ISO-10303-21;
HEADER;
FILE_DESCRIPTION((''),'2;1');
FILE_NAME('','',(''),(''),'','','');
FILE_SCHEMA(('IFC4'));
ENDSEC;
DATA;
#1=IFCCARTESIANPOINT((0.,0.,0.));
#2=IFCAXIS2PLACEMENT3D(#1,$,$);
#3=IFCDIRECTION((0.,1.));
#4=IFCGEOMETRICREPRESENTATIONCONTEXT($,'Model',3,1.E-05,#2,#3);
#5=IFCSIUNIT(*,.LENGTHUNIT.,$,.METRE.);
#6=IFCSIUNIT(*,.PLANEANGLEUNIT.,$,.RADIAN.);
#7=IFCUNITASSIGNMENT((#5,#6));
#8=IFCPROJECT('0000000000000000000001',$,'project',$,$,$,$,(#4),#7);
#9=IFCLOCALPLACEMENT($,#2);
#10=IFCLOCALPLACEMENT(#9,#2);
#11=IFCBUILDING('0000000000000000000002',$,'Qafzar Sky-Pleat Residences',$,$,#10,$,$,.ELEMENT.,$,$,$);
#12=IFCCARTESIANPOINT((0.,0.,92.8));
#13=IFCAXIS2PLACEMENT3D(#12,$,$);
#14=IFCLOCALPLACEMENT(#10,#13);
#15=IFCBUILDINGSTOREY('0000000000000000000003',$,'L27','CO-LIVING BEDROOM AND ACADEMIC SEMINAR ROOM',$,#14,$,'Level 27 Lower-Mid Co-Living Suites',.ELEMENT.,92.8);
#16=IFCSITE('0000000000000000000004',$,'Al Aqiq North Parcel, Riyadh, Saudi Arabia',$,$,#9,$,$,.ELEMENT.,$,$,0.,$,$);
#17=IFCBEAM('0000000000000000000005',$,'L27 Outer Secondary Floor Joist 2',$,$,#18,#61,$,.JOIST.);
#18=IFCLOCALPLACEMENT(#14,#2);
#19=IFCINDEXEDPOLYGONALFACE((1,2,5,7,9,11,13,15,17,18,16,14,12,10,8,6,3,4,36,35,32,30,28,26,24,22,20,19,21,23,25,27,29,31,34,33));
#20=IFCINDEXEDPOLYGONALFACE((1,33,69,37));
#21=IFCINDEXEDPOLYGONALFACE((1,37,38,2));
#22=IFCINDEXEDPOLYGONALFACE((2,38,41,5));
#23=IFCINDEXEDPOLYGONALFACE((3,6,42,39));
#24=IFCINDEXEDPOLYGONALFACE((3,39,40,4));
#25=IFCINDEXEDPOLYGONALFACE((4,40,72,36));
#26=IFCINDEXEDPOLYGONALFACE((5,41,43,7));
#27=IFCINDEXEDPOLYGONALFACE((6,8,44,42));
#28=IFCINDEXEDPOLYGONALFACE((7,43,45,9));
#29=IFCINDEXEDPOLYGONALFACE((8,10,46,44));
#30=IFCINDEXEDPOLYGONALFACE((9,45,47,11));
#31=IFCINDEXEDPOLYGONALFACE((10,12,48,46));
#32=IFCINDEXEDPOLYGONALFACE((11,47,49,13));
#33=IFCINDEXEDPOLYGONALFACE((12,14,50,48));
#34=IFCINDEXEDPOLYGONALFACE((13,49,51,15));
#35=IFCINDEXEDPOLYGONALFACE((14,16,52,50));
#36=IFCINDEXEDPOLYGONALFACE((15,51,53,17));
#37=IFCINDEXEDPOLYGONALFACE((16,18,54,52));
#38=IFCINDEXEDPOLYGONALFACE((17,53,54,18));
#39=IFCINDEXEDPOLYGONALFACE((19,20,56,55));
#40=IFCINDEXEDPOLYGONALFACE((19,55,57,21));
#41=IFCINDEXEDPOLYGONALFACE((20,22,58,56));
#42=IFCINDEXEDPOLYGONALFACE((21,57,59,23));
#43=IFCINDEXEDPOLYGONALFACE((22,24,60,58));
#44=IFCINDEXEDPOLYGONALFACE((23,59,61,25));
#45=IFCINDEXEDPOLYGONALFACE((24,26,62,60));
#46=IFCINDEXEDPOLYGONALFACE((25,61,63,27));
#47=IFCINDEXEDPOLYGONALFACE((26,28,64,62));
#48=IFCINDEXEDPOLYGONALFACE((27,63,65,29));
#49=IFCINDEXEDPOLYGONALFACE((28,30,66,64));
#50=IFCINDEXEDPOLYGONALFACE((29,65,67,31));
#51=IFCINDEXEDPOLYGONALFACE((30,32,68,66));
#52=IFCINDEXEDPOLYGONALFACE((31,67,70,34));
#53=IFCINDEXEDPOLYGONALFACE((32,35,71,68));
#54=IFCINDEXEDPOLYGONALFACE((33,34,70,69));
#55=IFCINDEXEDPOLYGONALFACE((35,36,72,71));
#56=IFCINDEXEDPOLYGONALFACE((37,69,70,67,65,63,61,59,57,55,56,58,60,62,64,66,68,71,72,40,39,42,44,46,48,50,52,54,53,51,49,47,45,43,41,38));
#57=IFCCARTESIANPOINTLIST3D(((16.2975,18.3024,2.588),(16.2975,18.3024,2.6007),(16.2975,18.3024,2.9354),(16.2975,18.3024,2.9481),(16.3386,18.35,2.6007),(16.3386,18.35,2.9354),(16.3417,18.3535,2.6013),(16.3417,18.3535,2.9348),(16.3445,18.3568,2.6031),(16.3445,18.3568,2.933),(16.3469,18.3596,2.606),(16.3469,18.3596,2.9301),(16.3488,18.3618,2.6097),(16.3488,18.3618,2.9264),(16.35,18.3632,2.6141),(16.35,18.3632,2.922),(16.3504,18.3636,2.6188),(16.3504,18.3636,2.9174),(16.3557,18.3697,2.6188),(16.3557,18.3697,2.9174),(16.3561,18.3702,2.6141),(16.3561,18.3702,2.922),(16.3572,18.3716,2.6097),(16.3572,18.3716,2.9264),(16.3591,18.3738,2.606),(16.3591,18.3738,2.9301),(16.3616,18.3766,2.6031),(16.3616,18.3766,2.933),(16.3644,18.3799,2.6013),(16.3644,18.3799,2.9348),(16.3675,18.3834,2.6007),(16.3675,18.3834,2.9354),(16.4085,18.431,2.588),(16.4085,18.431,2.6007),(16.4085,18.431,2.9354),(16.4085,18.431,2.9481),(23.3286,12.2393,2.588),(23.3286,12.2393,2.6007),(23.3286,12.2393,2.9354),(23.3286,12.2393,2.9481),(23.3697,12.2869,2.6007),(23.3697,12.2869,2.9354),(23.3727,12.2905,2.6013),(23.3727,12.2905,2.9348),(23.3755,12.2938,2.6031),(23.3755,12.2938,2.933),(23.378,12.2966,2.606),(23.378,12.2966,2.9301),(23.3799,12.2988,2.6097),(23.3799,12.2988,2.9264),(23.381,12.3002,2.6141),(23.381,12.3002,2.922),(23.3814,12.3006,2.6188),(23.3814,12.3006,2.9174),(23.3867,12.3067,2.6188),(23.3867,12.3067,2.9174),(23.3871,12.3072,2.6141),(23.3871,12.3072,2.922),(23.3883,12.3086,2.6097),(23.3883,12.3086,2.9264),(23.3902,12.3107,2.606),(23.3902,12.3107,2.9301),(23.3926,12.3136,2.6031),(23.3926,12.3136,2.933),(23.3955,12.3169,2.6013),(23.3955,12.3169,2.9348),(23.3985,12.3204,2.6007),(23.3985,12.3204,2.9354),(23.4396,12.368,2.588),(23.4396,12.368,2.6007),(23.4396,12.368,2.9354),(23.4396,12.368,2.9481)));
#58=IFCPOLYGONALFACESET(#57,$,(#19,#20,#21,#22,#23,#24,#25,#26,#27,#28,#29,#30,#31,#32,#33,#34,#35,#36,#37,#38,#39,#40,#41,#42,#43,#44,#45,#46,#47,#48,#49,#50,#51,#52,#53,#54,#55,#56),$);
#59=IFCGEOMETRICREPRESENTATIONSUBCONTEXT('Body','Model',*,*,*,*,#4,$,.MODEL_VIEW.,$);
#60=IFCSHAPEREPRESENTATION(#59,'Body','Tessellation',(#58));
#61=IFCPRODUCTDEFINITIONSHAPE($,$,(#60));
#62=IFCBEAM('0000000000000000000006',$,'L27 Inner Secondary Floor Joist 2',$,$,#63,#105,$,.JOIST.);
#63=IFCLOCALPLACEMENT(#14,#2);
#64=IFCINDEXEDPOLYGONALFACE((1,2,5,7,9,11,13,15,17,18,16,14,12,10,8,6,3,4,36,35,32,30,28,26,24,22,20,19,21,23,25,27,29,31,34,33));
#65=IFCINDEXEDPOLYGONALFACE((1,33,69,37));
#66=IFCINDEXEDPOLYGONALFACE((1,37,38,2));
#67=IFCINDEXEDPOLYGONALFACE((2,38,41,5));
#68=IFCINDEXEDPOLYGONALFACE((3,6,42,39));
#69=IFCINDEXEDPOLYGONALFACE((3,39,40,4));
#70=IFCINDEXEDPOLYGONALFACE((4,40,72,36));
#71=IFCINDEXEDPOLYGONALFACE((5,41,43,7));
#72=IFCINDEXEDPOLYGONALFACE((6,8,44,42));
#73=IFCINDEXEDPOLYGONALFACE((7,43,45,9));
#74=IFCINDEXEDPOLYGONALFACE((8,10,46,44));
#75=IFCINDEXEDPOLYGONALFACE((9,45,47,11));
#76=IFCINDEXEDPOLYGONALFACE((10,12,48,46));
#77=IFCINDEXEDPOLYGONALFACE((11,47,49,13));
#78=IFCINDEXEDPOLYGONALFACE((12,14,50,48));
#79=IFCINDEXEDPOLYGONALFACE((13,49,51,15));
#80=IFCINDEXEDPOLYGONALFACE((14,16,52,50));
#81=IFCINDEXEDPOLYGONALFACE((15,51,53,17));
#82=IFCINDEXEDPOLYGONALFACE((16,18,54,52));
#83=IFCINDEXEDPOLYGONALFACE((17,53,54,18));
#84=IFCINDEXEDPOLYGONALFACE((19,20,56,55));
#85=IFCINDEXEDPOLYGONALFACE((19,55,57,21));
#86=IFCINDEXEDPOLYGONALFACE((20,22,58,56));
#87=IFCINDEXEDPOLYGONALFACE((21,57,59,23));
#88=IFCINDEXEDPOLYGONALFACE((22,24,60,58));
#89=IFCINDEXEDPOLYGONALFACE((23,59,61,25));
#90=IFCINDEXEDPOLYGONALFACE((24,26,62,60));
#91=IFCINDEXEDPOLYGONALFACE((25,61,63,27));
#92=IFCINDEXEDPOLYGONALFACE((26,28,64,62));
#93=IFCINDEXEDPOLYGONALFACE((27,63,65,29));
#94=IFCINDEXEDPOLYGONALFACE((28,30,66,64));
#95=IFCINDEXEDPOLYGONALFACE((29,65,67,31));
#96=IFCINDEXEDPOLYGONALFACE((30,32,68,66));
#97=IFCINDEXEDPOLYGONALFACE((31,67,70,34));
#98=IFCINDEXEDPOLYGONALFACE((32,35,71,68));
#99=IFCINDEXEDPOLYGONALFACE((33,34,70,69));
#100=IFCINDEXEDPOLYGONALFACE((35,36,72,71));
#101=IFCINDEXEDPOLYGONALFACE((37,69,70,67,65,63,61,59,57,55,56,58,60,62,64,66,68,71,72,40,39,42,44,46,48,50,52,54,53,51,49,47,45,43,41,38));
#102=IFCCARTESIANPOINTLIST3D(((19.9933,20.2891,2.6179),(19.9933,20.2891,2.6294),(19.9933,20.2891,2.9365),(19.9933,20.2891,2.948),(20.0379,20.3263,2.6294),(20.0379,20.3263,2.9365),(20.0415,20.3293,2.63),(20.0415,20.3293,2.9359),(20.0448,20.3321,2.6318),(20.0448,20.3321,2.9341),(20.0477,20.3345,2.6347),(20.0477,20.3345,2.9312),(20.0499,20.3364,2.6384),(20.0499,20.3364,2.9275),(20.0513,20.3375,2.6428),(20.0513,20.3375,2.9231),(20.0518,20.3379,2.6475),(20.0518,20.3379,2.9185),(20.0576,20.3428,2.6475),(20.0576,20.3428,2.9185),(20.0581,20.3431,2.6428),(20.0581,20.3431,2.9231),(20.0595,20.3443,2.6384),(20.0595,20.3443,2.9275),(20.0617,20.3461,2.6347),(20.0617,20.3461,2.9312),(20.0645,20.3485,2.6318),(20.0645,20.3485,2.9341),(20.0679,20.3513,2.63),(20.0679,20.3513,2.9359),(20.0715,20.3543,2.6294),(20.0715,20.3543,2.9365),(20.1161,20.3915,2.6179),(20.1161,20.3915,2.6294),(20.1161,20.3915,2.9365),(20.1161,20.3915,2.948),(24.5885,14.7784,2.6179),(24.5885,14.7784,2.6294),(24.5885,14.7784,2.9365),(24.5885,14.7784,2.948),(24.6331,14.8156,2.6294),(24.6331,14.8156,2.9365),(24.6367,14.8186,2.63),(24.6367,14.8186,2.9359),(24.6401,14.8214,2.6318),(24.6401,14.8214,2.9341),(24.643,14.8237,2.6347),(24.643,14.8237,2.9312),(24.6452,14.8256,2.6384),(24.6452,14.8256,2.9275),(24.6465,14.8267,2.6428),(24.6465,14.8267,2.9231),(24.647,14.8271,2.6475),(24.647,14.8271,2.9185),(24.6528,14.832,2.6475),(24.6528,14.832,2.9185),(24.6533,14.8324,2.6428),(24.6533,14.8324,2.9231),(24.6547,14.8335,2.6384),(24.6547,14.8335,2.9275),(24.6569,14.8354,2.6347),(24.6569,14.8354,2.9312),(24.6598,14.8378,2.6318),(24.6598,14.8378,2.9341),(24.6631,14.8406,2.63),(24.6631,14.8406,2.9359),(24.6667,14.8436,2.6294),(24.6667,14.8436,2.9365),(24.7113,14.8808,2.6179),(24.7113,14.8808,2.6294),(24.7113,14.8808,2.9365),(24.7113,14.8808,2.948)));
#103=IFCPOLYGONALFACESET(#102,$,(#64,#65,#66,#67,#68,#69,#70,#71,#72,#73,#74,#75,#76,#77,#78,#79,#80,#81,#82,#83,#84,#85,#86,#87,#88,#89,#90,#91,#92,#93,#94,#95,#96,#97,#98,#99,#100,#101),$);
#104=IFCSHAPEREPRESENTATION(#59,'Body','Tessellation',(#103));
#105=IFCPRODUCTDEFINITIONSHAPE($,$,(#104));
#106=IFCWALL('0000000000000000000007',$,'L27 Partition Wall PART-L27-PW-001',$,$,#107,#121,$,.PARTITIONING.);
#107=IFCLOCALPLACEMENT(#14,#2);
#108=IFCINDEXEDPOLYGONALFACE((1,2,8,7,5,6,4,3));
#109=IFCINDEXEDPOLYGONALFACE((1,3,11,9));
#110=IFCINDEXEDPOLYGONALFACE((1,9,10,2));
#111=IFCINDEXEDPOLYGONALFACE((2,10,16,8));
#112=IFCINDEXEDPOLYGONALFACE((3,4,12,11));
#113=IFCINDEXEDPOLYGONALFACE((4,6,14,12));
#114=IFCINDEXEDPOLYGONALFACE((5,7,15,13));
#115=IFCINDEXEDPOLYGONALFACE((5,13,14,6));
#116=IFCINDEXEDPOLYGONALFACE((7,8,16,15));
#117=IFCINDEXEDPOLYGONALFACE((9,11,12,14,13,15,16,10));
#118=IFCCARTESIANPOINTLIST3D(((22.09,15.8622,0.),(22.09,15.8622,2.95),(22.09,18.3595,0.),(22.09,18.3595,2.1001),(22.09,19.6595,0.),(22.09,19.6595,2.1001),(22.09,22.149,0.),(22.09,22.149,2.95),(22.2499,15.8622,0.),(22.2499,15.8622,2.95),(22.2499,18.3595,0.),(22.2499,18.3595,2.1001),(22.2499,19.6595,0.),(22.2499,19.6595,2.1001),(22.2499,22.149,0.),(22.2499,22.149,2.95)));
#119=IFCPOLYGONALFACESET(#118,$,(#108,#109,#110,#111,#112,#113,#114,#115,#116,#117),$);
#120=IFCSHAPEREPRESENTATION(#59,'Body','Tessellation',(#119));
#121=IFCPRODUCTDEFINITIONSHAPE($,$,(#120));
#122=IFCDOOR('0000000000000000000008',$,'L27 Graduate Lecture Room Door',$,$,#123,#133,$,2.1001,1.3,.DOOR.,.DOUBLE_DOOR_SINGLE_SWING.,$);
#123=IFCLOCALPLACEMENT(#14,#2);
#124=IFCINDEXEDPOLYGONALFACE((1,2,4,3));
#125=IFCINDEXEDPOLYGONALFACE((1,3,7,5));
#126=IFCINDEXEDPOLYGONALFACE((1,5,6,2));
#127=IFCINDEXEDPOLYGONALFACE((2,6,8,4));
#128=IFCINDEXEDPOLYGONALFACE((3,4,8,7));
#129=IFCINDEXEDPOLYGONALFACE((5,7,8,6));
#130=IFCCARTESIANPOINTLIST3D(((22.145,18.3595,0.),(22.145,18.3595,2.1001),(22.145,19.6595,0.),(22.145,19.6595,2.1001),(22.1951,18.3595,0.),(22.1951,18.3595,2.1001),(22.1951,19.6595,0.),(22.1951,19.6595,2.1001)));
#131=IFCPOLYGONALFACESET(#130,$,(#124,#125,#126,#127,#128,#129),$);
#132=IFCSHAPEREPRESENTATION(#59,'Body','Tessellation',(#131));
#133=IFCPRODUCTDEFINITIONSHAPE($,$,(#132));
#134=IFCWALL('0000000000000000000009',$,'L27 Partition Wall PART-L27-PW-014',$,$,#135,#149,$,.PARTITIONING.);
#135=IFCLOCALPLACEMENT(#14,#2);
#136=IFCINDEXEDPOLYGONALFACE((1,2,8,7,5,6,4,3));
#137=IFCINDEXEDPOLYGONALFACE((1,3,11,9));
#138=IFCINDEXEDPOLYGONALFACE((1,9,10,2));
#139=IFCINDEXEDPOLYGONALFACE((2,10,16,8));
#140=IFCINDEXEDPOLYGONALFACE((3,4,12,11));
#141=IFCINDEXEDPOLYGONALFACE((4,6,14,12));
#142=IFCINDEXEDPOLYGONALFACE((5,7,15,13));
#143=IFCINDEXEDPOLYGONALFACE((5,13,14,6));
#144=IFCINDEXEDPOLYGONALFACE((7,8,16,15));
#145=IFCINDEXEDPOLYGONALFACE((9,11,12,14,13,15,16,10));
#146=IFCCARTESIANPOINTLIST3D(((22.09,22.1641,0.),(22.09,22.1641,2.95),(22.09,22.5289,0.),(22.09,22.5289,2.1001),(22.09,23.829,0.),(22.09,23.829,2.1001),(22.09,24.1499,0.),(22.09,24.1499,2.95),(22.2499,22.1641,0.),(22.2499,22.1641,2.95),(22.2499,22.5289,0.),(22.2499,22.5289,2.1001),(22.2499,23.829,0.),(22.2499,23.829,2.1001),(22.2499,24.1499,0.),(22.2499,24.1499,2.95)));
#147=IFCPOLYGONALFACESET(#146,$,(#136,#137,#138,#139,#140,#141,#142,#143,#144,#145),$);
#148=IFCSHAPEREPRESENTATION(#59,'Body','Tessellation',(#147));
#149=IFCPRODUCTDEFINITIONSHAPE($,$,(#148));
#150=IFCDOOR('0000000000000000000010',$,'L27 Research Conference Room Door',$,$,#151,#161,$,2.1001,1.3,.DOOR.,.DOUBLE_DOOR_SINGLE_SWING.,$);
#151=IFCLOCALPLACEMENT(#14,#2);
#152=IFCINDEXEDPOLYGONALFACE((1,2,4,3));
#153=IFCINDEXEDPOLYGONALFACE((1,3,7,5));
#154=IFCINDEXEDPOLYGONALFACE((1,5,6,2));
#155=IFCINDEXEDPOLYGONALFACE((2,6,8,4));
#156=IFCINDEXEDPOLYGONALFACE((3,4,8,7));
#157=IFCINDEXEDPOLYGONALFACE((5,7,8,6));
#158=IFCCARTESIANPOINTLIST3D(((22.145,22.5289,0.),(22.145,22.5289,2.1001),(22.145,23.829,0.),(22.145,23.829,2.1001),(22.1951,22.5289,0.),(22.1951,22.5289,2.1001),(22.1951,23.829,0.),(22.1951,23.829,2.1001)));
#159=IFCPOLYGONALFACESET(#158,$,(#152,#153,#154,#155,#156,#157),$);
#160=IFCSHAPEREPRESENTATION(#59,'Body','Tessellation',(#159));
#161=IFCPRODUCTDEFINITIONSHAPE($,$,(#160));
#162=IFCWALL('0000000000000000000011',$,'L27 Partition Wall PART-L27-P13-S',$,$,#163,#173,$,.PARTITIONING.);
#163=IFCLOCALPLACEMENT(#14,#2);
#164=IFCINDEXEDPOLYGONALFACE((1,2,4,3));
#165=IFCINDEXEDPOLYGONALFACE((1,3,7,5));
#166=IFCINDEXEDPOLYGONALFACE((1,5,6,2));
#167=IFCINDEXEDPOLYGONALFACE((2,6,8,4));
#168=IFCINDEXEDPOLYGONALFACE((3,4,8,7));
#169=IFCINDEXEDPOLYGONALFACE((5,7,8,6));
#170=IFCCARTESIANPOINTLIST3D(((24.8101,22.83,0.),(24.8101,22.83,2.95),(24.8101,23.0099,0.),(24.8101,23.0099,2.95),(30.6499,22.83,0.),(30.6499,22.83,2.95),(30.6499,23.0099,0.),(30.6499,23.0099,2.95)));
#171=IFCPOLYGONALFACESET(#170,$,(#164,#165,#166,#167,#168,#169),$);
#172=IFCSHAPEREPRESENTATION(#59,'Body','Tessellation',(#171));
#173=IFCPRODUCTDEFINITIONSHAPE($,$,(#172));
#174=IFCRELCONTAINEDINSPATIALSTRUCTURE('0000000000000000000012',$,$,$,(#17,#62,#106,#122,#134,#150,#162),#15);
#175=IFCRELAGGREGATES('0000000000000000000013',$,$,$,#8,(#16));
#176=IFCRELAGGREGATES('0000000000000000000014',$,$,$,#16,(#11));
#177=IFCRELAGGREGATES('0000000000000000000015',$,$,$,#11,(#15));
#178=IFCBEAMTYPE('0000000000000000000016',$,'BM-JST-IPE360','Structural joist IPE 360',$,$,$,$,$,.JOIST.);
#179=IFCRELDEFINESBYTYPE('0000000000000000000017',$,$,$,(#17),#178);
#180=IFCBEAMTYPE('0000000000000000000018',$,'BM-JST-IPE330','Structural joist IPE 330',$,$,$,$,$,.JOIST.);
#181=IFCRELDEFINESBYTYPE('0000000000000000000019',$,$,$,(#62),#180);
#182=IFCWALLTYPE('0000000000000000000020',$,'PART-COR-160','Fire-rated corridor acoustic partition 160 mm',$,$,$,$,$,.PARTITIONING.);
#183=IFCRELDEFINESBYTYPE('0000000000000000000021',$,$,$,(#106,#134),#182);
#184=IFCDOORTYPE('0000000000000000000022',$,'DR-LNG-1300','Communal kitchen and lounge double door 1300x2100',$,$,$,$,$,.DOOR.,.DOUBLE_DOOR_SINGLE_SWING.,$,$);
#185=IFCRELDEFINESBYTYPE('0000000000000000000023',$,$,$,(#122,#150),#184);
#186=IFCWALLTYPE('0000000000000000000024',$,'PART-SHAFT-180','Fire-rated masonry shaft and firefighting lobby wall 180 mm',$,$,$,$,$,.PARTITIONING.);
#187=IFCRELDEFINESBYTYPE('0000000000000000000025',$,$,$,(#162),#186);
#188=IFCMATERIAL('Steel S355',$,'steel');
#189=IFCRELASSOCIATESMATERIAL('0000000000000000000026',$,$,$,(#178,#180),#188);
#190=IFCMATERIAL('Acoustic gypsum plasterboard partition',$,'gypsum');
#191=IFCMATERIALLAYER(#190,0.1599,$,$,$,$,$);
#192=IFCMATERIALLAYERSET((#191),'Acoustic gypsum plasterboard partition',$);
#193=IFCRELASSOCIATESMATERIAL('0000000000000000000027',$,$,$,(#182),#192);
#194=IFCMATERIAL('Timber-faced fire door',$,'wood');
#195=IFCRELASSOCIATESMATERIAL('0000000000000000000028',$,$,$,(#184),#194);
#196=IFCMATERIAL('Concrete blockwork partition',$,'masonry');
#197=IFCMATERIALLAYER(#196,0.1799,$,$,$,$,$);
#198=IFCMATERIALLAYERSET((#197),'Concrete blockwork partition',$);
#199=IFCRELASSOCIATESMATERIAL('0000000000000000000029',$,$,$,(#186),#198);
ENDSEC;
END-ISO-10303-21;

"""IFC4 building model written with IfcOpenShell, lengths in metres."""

from ifc_helpers import new_model, si_unit, direction, frame, frame_2d, origin, origin_2d, place, context, subcontext, project, spatial, rectangle, i_section, extrude, source, transform, mapped, material, layer, layer_set, material_profile, profile_set, type_object, element, fill, save


model = new_model("IFC4")

# Units and contexts
model_context = context("Model", 3, precision=1e-05, world=origin(), true_north=direction((0.0, 1.0)))
body_context = subcontext(model_context, "Body", "Model", "MODEL_VIEW")
ifc_project = project(units=[si_unit("LENGTHUNIT", "METRE"), si_unit("PLANEANGLEUNIT", "RADIAN")], contexts=[model_context])

# Site, building, storey
site_placement = place(None, origin())
site = spatial("IfcSite", under=ifc_project, at=site_placement, Name="Al Aqiq North Parcel, Riyadh, Saudi Arabia", CompositionType="ELEMENT", RefElevation=0.0)
building_placement = place(site_placement, origin())
building = spatial("IfcBuilding", under=site, at=building_placement, Name="Qafzar Sky-Pleat Residences", CompositionType="ELEMENT")
storey_placement = place(building_placement, frame((0.0, 0.0, 92.8)))
storey = spatial("IfcBuildingStorey", under=building, at=storey_placement, Name="L27", Description="CO-LIVING BEDROOM AND ACADEMIC SEMINAR ROOM", LongName="Level 27 Lower-Mid Co-Living Suites", CompositionType="ELEMENT", Elevation=92.8)

# Beams
ifc_material_1 = material(Name="Steel S355", Category="steel")
ifc_material_profile_1 = material_profile(ifc_material_1, i_section(OverallWidth=0.1699, OverallDepth=0.3601, WebThickness=0.0081, FlangeThickness=0.0127, FilletRadius=0.0181, at=origin_2d()), Name="IPE 360")
ifc_profile_set_1 = profile_set([ifc_material_profile_1], Name="Steel S355")
beam_type_1 = type_object("IfcBeamType", Name="BM-JST-IPE360", Description="Structural joist IPE 360", PredefinedType="JOIST", material=ifc_profile_set_1)
shared_shape_1 = source(origin(), body_context, "Body", "SweptSolid", [
    extrude(i_section(OverallWidth=0.1699, OverallDepth=0.3601, WebThickness=0.0081, FlangeThickness=0.0127, FilletRadius=0.0181, at=origin_2d()), origin(), (0.0, 0.0, 1.0), 9.2842),
])
beam_1_placement = place(storey_placement, frame((16.353, 18.3667, 2.7681), z_axis=(0.757315, -0.653049, 0.0), x_axis=(0.653049, 0.757315, 0.0)))
element("IfcBeam", 1, at=beam_1_placement, inside=storey, type_object=beam_type_1, Name="L27 Outer Secondary Floor Joist 2", PredefinedType="JOIST", context=body_context, shape_type="MappedRepresentation", body=[
    mapped(shared_shape_1, transform((0.0, 0.0, 0.0), x_axis=(1.0, 0.0, 0.0), y_axis=(0.0, 1.0, 0.0), z_axis=(0.0, 0.0, 1.0), scale=1.0)),
])
ifc_material_profile_2 = material_profile(ifc_material_1, i_section(OverallWidth=0.1599, OverallDepth=0.3301, WebThickness=0.0076, FlangeThickness=0.0115, FilletRadius=0.0181, at=origin_2d()), Name="IPE 330")
ifc_profile_set_2 = profile_set([ifc_material_profile_2], Name="Steel S355")
beam_type_2 = type_object("IfcBeamType", Name="BM-JST-IPE330", Description="Structural joist IPE 330", PredefinedType="JOIST", material=ifc_profile_set_2)
shared_shape_2 = source(origin(), body_context, "Body", "SweptSolid", [
    extrude(i_section(OverallWidth=0.1599, OverallDepth=0.3301, WebThickness=0.0076, FlangeThickness=0.0115, FilletRadius=0.0181, at=origin_2d()), origin(), (0.0, 0.0, 1.0), 7.1753),
])
beam_2_placement = place(storey_placement, frame((20.0547, 20.3403, 2.783), z_axis=(0.640425, -0.76802, 0.0), x_axis=(0.76802, 0.640425, 0.0)))
element("IfcBeam", 2, at=beam_2_placement, inside=storey, type_object=beam_type_2, Name="L27 Inner Secondary Floor Joist 2", PredefinedType="JOIST", context=body_context, shape_type="MappedRepresentation", body=[
    mapped(shared_shape_2, transform((0.0, 0.0, 0.0), x_axis=(1.0, 0.0, 0.0), y_axis=(0.0, 1.0, 0.0), z_axis=(0.0, 0.0, 1.0), scale=1.0)),
])

# Walls, openings, doors
ifc_material_2 = material(Name="Acoustic gypsum plasterboard partition", Category="gypsum")
ifc_layer_1 = layer(ifc_material_2, 0.1599)
ifc_layer_set_1 = layer_set([ifc_layer_1], Name="Acoustic gypsum plasterboard partition")
wall_type_1 = type_object("IfcWallType", Name="PART-COR-160", Description="Fire-rated corridor acoustic partition 160 mm", PredefinedType="PARTITIONING", material=ifc_layer_set_1)
wall_1_placement = place(storey_placement, frame((22.1699, 15.8621, 0.0), z_axis=(0.0, 0.0, 1.0), x_axis=(0.0, 1.0, 0.0)))
wall_1 = element("IfcWall", 3, at=wall_1_placement, inside=storey, type_object=wall_type_1, Name="L27 Partition Wall PART-L27-PW-001", PredefinedType="PARTITIONING", context=body_context, shape_type="SweptSolid", body=[
    extrude(rectangle(XDim=6.2869, YDim=0.1599, at=frame_2d((3.1436, 0.0))), origin(), (0.0, 0.0, 1.0), 2.95),
])
opening_1_placement = place(wall_1_placement, frame((2.4976, 0.0, 0.0)))
opening_1 = element("IfcOpeningElement", 4, at=opening_1_placement, cuts=wall_1, PredefinedType="OPENING", context=body_context, shape_type="SweptSolid", body=[
    extrude(rectangle(XDim=1.3, YDim=2.1001, at=frame_2d((0.6499, 1.05))), frame((0.0, 0.0898, 0.0), z_axis=(0.0, -1.0, 0.0), x_axis=(1.0, 0.0, 0.0)), (0.0, 0.0, 1.0), 0.1799),
])
ifc_material_3 = material(Name="Timber-faced fire door", Category="wood")
door_type_1 = type_object("IfcDoorType", Name="DR-LNG-1300", Description="Communal kitchen and lounge double door 1300x2100", OperationType="DOUBLE_DOOR_SINGLE_SWING", PredefinedType="DOOR", material=ifc_material_3)
shared_shape_3 = source(origin(), body_context, "Body", "SweptSolid", [
    extrude(rectangle(XDim=1.3, YDim=2.1001, at=frame_2d((0.6499, 1.05))), frame((0.0, 0.0249, 0.0), z_axis=(0.0, -1.0, 0.0), x_axis=(1.0, 0.0, 0.0)), (0.0, 0.0, 1.0), 0.05),
])
door_1_placement = place(opening_1_placement, origin())
door_1 = element("IfcDoor", 5, at=door_1_placement, inside=storey, type_object=door_type_1, Name="L27 Graduate Lecture Room Door", OperationType="DOUBLE_DOOR_SINGLE_SWING", OverallHeight=2.1001, OverallWidth=1.3, PredefinedType="DOOR", context=body_context, shape_type="MappedRepresentation", body=[
    mapped(shared_shape_3, transform((0.0, 0.0, 0.0), x_axis=(1.0, 0.0, 0.0), y_axis=(0.0, 1.0, 0.0), z_axis=(0.0, 0.0, 1.0), scale=1.0)),
])
fill(opening_1, door_1)
wall_2_placement = place(storey_placement, frame((22.1699, 22.1641, 0.0), z_axis=(0.0, 0.0, 1.0), x_axis=(0.0, 1.0, 0.0)))
wall_2 = element("IfcWall", 6, at=wall_2_placement, inside=storey, type_object=wall_type_1, Name="L27 Partition Wall PART-L27-PW-014", PredefinedType="PARTITIONING", context=body_context, shape_type="SweptSolid", body=[
    extrude(rectangle(XDim=1.9858, YDim=0.1599, at=frame_2d((0.9929, 0.0))), origin(), (0.0, 0.0, 1.0), 2.95),
])
opening_2_placement = place(wall_2_placement, frame((0.365, 0.0, 0.0)))
opening_2 = element("IfcOpeningElement", 7, at=opening_2_placement, cuts=wall_2, PredefinedType="OPENING", context=body_context, shape_type="SweptSolid", body=[
    extrude(rectangle(XDim=1.3, YDim=2.1001, at=frame_2d((0.6499, 1.05))), frame((0.0, 0.0898, 0.0), z_axis=(0.0, -1.0, 0.0), x_axis=(1.0, 0.0, 0.0)), (0.0, 0.0, 1.0), 0.1799),
])
door_2_placement = place(opening_2_placement, origin())
door_2 = element("IfcDoor", 8, at=door_2_placement, inside=storey, type_object=door_type_1, Name="L27 Research Conference Room Door", OperationType="DOUBLE_DOOR_SINGLE_SWING", OverallHeight=2.1001, OverallWidth=1.3, PredefinedType="DOOR", context=body_context, shape_type="MappedRepresentation", body=[
    mapped(shared_shape_3, transform((0.0, 0.0, 0.0), x_axis=(1.0, 0.0, 0.0), y_axis=(0.0, 1.0, 0.0), z_axis=(0.0, 0.0, 1.0), scale=1.0)),
])
fill(opening_2, door_2)

# Wall
ifc_material_4 = material(Name="Concrete blockwork partition", Category="masonry")
ifc_layer_2 = layer(ifc_material_4, 0.1799)
ifc_layer_set_2 = layer_set([ifc_layer_2], Name="Concrete blockwork partition")
wall_type_2 = type_object("IfcWallType", Name="PART-SHAFT-180", Description="Fire-rated masonry shaft and firefighting lobby wall 180 mm", PredefinedType="PARTITIONING", material=ifc_layer_set_2)
wall_3_placement = place(storey_placement, frame((24.8101, 22.9199, 0.0), z_axis=(0.0, 0.0, 1.0), x_axis=(1.0, 0.0, 0.0)))
element("IfcWall", 9, at=wall_3_placement, inside=storey, type_object=wall_type_2, Name="L27 Partition Wall PART-L27-P13-S", PredefinedType="PARTITIONING", context=body_context, shape_type="SweptSolid", body=[
    extrude(rectangle(XDim=5.8398, YDim=0.1799, at=frame_2d((2.9199, 0.0))), origin(), (0.0, 0.0, 1.0), 2.95),
])

save(model, "model.ifc")
